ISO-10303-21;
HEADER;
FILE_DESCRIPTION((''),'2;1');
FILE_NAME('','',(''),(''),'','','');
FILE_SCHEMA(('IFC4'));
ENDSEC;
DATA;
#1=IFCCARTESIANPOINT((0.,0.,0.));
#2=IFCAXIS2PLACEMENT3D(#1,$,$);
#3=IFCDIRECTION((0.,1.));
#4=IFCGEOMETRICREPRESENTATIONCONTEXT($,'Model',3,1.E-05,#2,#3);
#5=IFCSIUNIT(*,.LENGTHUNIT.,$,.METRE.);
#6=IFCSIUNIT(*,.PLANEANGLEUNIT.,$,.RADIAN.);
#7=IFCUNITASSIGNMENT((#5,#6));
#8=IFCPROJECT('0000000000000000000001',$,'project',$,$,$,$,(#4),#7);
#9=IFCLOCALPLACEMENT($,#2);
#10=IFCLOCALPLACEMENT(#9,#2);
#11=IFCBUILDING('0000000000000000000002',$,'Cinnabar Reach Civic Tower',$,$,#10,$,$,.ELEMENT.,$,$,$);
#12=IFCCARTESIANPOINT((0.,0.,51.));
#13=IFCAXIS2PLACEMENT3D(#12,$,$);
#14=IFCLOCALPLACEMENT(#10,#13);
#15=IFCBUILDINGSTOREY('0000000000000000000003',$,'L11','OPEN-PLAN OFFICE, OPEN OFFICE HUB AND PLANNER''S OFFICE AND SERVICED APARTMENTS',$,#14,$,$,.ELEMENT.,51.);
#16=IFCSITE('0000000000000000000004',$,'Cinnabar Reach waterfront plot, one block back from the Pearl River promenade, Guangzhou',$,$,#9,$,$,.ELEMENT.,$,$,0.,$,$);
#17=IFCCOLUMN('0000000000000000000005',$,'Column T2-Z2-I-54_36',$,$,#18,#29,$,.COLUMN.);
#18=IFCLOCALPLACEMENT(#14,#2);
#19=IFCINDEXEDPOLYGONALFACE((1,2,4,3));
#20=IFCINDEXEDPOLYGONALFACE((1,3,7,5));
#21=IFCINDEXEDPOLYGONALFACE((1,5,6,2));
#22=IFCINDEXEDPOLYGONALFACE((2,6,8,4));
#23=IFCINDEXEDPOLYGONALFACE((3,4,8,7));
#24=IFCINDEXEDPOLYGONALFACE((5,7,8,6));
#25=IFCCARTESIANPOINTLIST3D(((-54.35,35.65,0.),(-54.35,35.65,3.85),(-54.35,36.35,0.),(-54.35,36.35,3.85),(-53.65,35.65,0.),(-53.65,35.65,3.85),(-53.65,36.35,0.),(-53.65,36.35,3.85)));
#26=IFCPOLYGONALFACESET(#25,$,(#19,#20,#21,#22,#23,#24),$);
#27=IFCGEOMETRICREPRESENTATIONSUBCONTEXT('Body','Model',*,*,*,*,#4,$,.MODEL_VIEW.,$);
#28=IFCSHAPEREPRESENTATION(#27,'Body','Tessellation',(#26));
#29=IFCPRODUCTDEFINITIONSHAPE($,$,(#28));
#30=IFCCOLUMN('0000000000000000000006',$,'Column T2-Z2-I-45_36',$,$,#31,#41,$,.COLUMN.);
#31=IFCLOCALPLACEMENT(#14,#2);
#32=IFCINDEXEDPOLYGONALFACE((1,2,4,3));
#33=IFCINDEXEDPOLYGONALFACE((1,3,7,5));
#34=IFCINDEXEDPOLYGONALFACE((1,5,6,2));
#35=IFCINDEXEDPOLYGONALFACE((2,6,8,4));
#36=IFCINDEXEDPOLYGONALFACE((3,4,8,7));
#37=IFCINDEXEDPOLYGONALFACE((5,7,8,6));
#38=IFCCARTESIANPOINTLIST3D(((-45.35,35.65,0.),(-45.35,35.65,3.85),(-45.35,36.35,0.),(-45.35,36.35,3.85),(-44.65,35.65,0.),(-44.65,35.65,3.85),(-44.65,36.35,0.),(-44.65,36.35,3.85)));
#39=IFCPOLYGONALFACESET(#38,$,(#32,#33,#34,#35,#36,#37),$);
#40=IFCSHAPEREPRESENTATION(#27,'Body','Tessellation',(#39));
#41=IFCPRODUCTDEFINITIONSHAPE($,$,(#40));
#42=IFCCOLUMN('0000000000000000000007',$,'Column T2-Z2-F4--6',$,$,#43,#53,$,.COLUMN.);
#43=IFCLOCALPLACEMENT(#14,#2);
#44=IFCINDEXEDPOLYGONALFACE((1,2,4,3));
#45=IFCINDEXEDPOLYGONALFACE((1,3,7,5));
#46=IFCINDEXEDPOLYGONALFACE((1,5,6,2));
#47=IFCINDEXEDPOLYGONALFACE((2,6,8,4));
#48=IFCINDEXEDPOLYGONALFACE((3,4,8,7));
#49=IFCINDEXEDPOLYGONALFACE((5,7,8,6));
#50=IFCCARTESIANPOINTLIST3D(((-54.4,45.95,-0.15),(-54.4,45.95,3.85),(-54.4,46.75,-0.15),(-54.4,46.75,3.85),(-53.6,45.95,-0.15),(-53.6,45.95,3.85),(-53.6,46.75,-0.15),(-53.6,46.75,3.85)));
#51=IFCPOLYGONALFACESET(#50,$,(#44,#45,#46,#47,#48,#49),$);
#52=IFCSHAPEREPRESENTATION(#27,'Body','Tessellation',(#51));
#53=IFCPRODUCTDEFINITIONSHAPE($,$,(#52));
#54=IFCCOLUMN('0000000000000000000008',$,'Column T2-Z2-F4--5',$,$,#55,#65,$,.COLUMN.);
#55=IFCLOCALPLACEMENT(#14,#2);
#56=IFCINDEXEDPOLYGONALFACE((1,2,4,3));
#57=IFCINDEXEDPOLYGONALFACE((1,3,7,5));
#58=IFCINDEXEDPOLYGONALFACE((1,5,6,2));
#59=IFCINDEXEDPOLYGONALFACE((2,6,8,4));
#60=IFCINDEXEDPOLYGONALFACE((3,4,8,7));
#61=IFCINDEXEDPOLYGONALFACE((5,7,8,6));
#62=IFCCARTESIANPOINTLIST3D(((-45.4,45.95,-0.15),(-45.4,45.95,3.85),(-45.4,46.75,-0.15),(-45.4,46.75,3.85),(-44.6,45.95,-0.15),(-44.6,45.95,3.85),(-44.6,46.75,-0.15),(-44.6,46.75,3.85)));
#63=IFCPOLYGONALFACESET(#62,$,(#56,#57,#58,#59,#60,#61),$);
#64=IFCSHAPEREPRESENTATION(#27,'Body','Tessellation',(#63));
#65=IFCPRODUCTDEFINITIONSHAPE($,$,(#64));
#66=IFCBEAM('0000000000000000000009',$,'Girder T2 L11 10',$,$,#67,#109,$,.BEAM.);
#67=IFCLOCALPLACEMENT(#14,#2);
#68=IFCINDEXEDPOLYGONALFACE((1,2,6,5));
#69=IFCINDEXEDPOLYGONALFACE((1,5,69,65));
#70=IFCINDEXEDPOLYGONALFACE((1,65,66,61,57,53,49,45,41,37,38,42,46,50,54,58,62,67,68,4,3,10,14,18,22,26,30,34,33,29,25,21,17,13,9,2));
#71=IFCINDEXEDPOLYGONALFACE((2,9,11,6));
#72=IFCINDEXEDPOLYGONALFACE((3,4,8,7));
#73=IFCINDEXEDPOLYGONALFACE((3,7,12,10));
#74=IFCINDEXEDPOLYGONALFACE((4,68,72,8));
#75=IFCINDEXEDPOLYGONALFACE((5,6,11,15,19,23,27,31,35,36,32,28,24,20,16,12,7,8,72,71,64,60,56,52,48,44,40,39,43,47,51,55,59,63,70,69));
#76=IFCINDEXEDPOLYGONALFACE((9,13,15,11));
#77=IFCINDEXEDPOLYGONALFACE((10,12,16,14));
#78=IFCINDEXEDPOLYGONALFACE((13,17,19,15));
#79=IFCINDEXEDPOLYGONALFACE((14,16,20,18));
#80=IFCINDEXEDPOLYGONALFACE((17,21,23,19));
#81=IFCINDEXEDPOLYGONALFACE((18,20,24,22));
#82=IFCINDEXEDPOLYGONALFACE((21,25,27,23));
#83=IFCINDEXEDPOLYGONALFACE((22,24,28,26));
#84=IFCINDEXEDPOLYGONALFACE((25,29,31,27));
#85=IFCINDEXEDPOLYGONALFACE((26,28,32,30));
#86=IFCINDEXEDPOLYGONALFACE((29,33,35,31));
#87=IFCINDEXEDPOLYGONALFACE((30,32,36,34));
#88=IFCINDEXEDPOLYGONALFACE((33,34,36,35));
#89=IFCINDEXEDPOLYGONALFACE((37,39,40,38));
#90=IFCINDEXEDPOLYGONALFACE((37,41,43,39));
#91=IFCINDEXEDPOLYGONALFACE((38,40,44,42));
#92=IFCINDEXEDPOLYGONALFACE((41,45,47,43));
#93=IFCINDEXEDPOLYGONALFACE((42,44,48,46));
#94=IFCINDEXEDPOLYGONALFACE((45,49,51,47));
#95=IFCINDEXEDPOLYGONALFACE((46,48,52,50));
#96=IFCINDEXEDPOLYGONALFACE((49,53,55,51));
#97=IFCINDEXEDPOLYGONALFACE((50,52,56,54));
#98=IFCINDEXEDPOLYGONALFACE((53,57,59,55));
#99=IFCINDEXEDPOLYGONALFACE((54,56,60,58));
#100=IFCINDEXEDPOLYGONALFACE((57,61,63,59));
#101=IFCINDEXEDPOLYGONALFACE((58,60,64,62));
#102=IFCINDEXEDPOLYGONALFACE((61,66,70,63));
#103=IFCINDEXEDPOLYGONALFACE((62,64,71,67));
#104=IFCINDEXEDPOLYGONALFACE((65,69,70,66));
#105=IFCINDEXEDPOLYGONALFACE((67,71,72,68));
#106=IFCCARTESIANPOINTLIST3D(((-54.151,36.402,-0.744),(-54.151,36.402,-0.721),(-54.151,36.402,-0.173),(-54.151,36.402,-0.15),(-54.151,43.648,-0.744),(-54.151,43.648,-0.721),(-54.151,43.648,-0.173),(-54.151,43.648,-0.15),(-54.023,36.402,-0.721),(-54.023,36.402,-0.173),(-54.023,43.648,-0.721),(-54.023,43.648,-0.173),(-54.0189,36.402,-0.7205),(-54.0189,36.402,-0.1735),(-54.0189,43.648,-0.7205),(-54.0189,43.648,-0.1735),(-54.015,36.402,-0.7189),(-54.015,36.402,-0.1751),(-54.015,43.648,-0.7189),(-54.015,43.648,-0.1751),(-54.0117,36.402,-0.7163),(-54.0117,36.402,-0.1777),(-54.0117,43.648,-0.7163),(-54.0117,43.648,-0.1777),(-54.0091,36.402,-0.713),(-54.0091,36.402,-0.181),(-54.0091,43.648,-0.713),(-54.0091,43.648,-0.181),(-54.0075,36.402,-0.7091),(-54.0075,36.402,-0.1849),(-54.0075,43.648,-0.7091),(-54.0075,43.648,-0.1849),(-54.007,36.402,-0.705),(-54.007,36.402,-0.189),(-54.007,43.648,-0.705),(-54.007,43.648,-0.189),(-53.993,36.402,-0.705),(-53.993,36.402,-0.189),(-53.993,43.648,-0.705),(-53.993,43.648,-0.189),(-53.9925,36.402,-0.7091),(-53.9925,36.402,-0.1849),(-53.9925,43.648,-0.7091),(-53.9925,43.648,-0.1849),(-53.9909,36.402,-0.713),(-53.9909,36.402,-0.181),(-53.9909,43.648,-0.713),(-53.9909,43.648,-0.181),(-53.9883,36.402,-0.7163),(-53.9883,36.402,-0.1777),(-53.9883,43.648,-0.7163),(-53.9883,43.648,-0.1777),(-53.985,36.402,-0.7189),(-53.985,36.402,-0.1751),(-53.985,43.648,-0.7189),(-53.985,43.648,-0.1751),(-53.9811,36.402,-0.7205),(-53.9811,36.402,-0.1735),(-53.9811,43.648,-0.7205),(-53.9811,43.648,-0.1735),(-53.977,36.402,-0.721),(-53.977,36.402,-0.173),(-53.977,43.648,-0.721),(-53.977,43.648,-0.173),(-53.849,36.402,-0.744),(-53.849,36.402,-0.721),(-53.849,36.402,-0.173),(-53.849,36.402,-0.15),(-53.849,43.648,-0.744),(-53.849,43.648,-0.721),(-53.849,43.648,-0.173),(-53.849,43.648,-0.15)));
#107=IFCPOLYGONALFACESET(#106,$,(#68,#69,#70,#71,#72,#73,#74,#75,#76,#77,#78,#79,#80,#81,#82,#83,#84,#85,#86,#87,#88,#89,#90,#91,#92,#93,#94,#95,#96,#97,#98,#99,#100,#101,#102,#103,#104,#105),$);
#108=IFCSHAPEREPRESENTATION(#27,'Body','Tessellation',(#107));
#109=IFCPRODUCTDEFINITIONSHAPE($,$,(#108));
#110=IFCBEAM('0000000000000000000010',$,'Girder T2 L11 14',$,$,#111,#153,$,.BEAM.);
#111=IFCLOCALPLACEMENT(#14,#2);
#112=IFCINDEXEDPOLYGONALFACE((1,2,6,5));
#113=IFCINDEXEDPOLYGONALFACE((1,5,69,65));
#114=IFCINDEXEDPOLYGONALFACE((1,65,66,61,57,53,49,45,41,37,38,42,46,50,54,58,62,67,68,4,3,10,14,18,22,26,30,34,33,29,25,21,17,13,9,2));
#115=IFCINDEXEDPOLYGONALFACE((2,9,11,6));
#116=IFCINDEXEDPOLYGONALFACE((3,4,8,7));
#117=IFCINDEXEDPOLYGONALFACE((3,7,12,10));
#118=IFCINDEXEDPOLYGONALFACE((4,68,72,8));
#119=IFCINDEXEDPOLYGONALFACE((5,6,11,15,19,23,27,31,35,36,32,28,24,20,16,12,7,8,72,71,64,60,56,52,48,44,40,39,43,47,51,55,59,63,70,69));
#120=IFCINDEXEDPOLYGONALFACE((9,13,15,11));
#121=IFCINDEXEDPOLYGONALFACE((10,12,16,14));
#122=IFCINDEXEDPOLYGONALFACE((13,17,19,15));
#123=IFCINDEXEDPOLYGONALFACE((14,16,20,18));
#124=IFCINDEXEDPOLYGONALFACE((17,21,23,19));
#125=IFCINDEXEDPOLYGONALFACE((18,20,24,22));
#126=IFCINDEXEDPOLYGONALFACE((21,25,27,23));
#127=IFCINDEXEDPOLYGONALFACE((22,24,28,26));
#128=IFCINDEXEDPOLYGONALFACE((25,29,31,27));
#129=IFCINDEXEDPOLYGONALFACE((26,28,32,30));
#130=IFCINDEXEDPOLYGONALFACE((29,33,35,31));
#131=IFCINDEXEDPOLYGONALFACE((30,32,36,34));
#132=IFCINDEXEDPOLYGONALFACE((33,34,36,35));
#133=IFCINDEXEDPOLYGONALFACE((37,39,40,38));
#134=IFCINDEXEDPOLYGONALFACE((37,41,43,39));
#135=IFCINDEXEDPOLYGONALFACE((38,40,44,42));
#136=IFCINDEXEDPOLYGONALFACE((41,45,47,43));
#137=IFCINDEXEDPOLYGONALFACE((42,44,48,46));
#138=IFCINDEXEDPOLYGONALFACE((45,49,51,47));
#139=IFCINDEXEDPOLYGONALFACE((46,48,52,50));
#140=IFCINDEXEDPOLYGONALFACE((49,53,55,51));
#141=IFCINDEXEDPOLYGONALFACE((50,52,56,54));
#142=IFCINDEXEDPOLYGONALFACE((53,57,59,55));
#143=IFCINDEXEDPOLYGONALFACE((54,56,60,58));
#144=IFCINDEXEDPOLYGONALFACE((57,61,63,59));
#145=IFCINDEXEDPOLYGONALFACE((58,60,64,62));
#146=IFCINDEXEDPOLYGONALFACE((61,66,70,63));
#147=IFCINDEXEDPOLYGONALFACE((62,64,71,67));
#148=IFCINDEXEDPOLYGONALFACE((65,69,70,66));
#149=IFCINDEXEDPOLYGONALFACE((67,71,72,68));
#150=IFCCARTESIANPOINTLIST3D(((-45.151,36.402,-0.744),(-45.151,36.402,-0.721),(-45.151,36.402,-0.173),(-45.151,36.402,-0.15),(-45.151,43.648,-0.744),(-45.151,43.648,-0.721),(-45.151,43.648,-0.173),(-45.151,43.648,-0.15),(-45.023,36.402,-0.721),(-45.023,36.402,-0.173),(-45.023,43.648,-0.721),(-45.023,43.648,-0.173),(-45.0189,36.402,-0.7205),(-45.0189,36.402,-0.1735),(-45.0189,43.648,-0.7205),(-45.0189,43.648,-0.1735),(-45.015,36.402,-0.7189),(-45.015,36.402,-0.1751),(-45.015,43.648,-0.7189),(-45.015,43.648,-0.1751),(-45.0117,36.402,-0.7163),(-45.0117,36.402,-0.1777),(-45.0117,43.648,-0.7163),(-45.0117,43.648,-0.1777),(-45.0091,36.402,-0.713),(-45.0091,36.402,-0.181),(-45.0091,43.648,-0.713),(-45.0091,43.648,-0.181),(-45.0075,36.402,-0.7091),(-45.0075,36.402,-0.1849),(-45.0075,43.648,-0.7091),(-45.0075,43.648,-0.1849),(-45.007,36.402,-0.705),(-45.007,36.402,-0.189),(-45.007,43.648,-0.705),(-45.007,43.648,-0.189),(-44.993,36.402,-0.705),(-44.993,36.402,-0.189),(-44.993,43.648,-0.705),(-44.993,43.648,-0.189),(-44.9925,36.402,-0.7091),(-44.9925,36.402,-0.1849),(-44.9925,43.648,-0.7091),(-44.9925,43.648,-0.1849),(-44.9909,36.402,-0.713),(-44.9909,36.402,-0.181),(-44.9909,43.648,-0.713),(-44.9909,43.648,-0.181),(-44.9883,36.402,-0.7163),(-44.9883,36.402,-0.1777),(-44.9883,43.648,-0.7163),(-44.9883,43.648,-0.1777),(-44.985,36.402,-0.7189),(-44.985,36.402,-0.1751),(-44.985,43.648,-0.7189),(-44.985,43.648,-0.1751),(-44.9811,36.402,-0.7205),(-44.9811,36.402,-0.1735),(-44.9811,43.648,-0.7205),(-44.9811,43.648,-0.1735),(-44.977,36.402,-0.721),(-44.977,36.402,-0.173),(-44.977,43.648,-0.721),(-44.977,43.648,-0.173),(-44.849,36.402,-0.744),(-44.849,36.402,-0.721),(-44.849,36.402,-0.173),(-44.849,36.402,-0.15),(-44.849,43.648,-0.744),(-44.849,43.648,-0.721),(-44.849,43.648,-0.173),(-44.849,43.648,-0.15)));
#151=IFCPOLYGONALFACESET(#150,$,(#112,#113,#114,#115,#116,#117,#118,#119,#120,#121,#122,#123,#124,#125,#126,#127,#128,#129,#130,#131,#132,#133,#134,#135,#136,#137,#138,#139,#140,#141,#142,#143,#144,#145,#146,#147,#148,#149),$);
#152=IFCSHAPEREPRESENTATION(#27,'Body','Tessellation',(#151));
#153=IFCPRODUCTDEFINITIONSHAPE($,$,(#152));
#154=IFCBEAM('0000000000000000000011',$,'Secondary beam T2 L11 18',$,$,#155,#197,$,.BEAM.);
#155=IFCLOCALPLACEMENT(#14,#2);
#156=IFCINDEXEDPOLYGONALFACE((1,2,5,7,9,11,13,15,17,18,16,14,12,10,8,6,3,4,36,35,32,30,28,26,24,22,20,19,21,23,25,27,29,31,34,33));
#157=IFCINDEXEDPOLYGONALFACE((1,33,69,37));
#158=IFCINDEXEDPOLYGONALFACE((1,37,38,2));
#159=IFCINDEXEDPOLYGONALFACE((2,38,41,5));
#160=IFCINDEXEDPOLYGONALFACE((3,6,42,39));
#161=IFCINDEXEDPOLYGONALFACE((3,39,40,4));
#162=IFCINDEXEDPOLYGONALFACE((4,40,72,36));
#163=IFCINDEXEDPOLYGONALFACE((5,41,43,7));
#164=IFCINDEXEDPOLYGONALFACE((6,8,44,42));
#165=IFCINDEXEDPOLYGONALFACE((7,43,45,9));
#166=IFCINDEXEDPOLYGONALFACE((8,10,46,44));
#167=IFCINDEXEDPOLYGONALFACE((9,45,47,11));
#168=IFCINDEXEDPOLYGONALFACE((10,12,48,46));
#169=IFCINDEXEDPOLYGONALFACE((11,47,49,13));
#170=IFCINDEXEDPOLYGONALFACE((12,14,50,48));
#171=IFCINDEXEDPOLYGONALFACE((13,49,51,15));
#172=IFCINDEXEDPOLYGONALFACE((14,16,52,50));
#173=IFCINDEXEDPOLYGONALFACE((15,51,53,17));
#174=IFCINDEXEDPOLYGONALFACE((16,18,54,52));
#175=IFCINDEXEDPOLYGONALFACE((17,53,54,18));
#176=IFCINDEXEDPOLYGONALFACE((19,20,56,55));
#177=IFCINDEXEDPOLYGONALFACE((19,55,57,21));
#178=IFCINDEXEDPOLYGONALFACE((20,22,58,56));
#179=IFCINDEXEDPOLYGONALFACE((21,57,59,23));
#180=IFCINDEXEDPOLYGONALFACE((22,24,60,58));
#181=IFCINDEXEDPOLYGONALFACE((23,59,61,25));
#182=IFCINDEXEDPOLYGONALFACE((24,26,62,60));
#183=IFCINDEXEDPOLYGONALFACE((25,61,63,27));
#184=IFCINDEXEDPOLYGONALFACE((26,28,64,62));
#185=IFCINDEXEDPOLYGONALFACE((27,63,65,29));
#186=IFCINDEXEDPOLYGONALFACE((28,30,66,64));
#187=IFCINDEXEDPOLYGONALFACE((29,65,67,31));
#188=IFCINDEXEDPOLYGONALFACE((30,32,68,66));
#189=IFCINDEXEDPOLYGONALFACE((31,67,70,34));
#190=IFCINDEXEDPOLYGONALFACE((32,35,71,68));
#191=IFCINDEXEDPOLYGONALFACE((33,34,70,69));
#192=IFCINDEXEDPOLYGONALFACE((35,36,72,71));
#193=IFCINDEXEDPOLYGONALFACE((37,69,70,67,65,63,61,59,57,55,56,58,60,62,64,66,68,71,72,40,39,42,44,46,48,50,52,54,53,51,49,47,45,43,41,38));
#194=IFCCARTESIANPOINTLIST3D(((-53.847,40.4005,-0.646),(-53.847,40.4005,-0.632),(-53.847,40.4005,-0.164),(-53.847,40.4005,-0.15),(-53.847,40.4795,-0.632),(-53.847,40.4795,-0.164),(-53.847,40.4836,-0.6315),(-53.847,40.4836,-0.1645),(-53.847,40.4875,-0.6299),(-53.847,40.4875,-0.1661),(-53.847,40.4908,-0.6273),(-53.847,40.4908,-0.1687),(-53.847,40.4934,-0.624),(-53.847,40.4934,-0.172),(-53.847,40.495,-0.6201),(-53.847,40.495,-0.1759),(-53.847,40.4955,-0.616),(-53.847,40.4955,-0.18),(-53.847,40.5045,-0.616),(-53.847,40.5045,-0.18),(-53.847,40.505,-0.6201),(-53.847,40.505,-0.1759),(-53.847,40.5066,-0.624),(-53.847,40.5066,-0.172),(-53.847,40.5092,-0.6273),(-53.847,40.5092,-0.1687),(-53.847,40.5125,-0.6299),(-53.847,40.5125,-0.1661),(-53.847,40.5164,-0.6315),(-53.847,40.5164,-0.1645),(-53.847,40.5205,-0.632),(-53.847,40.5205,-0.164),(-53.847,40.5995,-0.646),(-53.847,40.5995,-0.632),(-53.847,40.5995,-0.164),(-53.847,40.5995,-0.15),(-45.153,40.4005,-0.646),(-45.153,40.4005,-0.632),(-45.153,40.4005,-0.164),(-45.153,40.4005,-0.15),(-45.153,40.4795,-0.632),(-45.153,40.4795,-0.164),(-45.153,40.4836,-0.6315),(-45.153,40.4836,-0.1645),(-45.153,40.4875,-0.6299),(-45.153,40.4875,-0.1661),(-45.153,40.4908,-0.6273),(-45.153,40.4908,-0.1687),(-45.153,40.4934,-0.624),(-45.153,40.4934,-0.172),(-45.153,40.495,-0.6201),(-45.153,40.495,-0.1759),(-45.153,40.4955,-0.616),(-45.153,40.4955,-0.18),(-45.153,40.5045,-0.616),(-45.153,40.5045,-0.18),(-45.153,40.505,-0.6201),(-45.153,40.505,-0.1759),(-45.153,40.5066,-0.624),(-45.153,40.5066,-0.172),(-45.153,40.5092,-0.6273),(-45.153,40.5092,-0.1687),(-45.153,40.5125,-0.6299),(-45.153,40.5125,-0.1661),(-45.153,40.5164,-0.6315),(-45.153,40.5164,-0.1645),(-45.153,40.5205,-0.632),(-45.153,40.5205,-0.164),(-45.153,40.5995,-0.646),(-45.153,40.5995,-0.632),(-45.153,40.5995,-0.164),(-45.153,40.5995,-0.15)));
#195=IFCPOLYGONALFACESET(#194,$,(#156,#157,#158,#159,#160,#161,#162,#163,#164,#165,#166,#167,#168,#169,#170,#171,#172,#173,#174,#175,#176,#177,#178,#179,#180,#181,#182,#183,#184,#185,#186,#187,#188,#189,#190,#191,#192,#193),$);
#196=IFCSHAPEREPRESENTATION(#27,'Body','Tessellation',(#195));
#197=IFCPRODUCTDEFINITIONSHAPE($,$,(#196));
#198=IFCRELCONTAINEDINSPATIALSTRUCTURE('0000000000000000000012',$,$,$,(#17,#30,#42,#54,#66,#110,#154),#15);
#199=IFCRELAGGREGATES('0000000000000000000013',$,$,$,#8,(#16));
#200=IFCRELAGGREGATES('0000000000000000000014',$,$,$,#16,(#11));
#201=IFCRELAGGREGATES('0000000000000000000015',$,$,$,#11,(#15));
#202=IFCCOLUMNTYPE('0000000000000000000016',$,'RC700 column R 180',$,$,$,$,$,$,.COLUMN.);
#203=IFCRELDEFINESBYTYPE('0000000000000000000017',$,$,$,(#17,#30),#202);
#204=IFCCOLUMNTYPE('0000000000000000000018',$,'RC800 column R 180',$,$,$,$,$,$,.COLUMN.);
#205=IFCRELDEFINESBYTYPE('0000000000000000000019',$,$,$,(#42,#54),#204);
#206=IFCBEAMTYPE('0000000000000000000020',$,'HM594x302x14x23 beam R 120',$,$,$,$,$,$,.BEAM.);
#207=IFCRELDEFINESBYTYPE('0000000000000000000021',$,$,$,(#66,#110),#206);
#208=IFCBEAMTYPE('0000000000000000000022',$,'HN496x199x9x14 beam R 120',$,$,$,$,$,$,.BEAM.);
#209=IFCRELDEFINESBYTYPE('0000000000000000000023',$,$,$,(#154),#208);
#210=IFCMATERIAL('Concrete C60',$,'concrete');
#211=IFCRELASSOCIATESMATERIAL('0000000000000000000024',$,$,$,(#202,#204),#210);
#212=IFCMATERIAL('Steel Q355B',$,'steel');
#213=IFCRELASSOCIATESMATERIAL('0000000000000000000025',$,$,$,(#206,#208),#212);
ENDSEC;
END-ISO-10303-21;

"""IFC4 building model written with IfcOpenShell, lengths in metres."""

from ifc_helpers import new_model, si_unit, direction, frame, origin, origin_2d, place, context, subcontext, project, spatial, rectangle, i_section, extrude, material, material_profile, profile_set, type_object, element, save


model = new_model("IFC4")

# Units and contexts
model_context = context("Model", 3, precision=1e-05, world=origin(), true_north=direction((0.0, 1.0)))
body_context = subcontext(model_context, "Body", "Model", "MODEL_VIEW")
ifc_project = project(units=[si_unit("LENGTHUNIT", "METRE"), si_unit("PLANEANGLEUNIT", "RADIAN")], contexts=[model_context])

# Site, building, storey
site_placement = place(None, origin())
site = spatial("IfcSite", under=ifc_project, at=site_placement, Name="Cinnabar Reach waterfront plot, one block back from the Pearl River promenade, Guangzhou", CompositionType="ELEMENT", RefElevation=0.0)
building_placement = place(site_placement, origin())
building = spatial("IfcBuilding", under=site, at=building_placement, Name="Cinnabar Reach Civic Tower", CompositionType="ELEMENT")
storey_placement = place(building_placement, frame((0.0, 0.0, 51.0)))
storey = spatial("IfcBuildingStorey", under=building, at=storey_placement, Name="L11", Description="OPEN-PLAN OFFICE, OPEN OFFICE HUB AND PLANNER'S OFFICE AND SERVICED APARTMENTS", CompositionType="ELEMENT", Elevation=51.0)

# Columns
ifc_material_1 = material(Name="Concrete C60", Category="concrete")
ifc_material_profile_1 = material_profile(ifc_material_1, rectangle(XDim=0.7, YDim=0.7, at=origin_2d()), Name="RC700")
ifc_profile_set_1 = profile_set([ifc_material_profile_1], Name="Concrete C60")
column_type_1 = type_object("IfcColumnType", Name="RC700 column R 180", PredefinedType="COLUMN", material=ifc_profile_set_1)
for number, where, z_axis, x_axis, name in (
    (1, (-54.0, 36.0, 0.0), (0.0, 0.0, 1.0), (1.0, 0.0, 0.0), "Column T2-Z2-I-54_36"),
    (2, (-45.0, 36.0, 0.0), (0.0, 0.0, 1.0), (1.0, 0.0, 0.0), "Column T2-Z2-I-45_36"),
):
    element("IfcColumn", number, at=place(storey_placement, frame(where, z_axis=z_axis, x_axis=x_axis)), inside=storey, type_object=column_type_1, Name=name, PredefinedType="COLUMN", context=body_context, shape_type="SweptSolid", body=[
        extrude(rectangle(XDim=0.7, YDim=0.7, at=origin_2d()), origin(), (0.0, 0.0, 1.0), 3.85),
    ])
ifc_material_profile_2 = material_profile(ifc_material_1, rectangle(XDim=0.8, YDim=0.8, at=origin_2d()), Name="RC800")
ifc_profile_set_2 = profile_set([ifc_material_profile_2], Name="Concrete C60")
column_type_2 = type_object("IfcColumnType", Name="RC800 column R 180", PredefinedType="COLUMN", material=ifc_profile_set_2)
for number, where, z_axis, x_axis, name in (
    (3, (-54.0, 46.35, -0.15), (0.0, 0.0, 1.0), (1.0, 0.0, 0.0), "Column T2-Z2-F4--6"),
    (4, (-45.0, 46.35, -0.15), (0.0, 0.0, 1.0), (1.0, 0.0, 0.0), "Column T2-Z2-F4--5"),
):
    element("IfcColumn", number, at=place(storey_placement, frame(where, z_axis=z_axis, x_axis=x_axis)), inside=storey, type_object=column_type_2, Name=name, PredefinedType="COLUMN", context=body_context, shape_type="SweptSolid", body=[
        extrude(rectangle(XDim=0.8, YDim=0.8, at=origin_2d()), origin(), (0.0, 0.0, 1.0), 4.0),
    ])

# Beams
ifc_material_2 = material(Name="Steel Q355B", Category="steel")
ifc_material_profile_3 = material_profile(ifc_material_2, i_section(OverallWidth=0.302, OverallDepth=0.594, WebThickness=0.014, FlangeThickness=0.023, FilletRadius=0.016, at=origin_2d()), Name="HM594x302x14x23")
ifc_profile_set_3 = profile_set([ifc_material_profile_3], Name="Steel Q355B")
beam_type_1 = type_object("IfcBeamType", Name="HM594x302x14x23 beam R 120", PredefinedType="BEAM", material=ifc_profile_set_3)
for number, where, z_axis, x_axis, name in (
    (5, (-54.0, 36.402, -0.447), (0.0, 1.0, 0.0), (-1.0, 0.0, 0.0), "Girder T2 L11 10"),
    (6, (-45.0, 36.402, -0.447), (0.0, 1.0, 0.0), (-1.0, 0.0, 0.0), "Girder T2 L11 14"),
):
    element("IfcBeam", number, at=place(storey_placement, frame(where, z_axis=z_axis, x_axis=x_axis)), inside=storey, type_object=beam_type_1, Name=name, PredefinedType="BEAM", context=body_context, shape_type="SweptSolid", body=[
        extrude(i_section(OverallWidth=0.302, OverallDepth=0.594, WebThickness=0.014, FlangeThickness=0.023, FilletRadius=0.016, at=origin_2d()), origin(), (0.0, 0.0, 1.0), 7.246),
    ])
ifc_material_profile_4 = material_profile(ifc_material_2, i_section(OverallWidth=0.199, OverallDepth=0.496, WebThickness=0.009, FlangeThickness=0.014, FilletRadius=0.016, at=origin_2d()), Name="HN496x199x9x14")
ifc_profile_set_4 = profile_set([ifc_material_profile_4], Name="Steel Q355B")
beam_type_2 = type_object("IfcBeamType", Name="HN496x199x9x14 beam R 120", PredefinedType="BEAM", material=ifc_profile_set_4)
beam_1_placement = place(storey_placement, frame((-53.847, 40.5, -0.398), z_axis=(1.0, 0.0, 0.0), x_axis=(0.0, 1.0, 0.0)))
element("IfcBeam", 7, at=beam_1_placement, inside=storey, type_object=beam_type_2, Name="Secondary beam T2 L11 18", PredefinedType="BEAM", context=body_context, shape_type="SweptSolid", body=[
    extrude(i_section(OverallWidth=0.199, OverallDepth=0.496, WebThickness=0.009, FlangeThickness=0.014, FilletRadius=0.016, at=origin_2d()), origin(), (0.0, 0.0, 1.0), 8.694),
])

save(model, "model.ifc")
